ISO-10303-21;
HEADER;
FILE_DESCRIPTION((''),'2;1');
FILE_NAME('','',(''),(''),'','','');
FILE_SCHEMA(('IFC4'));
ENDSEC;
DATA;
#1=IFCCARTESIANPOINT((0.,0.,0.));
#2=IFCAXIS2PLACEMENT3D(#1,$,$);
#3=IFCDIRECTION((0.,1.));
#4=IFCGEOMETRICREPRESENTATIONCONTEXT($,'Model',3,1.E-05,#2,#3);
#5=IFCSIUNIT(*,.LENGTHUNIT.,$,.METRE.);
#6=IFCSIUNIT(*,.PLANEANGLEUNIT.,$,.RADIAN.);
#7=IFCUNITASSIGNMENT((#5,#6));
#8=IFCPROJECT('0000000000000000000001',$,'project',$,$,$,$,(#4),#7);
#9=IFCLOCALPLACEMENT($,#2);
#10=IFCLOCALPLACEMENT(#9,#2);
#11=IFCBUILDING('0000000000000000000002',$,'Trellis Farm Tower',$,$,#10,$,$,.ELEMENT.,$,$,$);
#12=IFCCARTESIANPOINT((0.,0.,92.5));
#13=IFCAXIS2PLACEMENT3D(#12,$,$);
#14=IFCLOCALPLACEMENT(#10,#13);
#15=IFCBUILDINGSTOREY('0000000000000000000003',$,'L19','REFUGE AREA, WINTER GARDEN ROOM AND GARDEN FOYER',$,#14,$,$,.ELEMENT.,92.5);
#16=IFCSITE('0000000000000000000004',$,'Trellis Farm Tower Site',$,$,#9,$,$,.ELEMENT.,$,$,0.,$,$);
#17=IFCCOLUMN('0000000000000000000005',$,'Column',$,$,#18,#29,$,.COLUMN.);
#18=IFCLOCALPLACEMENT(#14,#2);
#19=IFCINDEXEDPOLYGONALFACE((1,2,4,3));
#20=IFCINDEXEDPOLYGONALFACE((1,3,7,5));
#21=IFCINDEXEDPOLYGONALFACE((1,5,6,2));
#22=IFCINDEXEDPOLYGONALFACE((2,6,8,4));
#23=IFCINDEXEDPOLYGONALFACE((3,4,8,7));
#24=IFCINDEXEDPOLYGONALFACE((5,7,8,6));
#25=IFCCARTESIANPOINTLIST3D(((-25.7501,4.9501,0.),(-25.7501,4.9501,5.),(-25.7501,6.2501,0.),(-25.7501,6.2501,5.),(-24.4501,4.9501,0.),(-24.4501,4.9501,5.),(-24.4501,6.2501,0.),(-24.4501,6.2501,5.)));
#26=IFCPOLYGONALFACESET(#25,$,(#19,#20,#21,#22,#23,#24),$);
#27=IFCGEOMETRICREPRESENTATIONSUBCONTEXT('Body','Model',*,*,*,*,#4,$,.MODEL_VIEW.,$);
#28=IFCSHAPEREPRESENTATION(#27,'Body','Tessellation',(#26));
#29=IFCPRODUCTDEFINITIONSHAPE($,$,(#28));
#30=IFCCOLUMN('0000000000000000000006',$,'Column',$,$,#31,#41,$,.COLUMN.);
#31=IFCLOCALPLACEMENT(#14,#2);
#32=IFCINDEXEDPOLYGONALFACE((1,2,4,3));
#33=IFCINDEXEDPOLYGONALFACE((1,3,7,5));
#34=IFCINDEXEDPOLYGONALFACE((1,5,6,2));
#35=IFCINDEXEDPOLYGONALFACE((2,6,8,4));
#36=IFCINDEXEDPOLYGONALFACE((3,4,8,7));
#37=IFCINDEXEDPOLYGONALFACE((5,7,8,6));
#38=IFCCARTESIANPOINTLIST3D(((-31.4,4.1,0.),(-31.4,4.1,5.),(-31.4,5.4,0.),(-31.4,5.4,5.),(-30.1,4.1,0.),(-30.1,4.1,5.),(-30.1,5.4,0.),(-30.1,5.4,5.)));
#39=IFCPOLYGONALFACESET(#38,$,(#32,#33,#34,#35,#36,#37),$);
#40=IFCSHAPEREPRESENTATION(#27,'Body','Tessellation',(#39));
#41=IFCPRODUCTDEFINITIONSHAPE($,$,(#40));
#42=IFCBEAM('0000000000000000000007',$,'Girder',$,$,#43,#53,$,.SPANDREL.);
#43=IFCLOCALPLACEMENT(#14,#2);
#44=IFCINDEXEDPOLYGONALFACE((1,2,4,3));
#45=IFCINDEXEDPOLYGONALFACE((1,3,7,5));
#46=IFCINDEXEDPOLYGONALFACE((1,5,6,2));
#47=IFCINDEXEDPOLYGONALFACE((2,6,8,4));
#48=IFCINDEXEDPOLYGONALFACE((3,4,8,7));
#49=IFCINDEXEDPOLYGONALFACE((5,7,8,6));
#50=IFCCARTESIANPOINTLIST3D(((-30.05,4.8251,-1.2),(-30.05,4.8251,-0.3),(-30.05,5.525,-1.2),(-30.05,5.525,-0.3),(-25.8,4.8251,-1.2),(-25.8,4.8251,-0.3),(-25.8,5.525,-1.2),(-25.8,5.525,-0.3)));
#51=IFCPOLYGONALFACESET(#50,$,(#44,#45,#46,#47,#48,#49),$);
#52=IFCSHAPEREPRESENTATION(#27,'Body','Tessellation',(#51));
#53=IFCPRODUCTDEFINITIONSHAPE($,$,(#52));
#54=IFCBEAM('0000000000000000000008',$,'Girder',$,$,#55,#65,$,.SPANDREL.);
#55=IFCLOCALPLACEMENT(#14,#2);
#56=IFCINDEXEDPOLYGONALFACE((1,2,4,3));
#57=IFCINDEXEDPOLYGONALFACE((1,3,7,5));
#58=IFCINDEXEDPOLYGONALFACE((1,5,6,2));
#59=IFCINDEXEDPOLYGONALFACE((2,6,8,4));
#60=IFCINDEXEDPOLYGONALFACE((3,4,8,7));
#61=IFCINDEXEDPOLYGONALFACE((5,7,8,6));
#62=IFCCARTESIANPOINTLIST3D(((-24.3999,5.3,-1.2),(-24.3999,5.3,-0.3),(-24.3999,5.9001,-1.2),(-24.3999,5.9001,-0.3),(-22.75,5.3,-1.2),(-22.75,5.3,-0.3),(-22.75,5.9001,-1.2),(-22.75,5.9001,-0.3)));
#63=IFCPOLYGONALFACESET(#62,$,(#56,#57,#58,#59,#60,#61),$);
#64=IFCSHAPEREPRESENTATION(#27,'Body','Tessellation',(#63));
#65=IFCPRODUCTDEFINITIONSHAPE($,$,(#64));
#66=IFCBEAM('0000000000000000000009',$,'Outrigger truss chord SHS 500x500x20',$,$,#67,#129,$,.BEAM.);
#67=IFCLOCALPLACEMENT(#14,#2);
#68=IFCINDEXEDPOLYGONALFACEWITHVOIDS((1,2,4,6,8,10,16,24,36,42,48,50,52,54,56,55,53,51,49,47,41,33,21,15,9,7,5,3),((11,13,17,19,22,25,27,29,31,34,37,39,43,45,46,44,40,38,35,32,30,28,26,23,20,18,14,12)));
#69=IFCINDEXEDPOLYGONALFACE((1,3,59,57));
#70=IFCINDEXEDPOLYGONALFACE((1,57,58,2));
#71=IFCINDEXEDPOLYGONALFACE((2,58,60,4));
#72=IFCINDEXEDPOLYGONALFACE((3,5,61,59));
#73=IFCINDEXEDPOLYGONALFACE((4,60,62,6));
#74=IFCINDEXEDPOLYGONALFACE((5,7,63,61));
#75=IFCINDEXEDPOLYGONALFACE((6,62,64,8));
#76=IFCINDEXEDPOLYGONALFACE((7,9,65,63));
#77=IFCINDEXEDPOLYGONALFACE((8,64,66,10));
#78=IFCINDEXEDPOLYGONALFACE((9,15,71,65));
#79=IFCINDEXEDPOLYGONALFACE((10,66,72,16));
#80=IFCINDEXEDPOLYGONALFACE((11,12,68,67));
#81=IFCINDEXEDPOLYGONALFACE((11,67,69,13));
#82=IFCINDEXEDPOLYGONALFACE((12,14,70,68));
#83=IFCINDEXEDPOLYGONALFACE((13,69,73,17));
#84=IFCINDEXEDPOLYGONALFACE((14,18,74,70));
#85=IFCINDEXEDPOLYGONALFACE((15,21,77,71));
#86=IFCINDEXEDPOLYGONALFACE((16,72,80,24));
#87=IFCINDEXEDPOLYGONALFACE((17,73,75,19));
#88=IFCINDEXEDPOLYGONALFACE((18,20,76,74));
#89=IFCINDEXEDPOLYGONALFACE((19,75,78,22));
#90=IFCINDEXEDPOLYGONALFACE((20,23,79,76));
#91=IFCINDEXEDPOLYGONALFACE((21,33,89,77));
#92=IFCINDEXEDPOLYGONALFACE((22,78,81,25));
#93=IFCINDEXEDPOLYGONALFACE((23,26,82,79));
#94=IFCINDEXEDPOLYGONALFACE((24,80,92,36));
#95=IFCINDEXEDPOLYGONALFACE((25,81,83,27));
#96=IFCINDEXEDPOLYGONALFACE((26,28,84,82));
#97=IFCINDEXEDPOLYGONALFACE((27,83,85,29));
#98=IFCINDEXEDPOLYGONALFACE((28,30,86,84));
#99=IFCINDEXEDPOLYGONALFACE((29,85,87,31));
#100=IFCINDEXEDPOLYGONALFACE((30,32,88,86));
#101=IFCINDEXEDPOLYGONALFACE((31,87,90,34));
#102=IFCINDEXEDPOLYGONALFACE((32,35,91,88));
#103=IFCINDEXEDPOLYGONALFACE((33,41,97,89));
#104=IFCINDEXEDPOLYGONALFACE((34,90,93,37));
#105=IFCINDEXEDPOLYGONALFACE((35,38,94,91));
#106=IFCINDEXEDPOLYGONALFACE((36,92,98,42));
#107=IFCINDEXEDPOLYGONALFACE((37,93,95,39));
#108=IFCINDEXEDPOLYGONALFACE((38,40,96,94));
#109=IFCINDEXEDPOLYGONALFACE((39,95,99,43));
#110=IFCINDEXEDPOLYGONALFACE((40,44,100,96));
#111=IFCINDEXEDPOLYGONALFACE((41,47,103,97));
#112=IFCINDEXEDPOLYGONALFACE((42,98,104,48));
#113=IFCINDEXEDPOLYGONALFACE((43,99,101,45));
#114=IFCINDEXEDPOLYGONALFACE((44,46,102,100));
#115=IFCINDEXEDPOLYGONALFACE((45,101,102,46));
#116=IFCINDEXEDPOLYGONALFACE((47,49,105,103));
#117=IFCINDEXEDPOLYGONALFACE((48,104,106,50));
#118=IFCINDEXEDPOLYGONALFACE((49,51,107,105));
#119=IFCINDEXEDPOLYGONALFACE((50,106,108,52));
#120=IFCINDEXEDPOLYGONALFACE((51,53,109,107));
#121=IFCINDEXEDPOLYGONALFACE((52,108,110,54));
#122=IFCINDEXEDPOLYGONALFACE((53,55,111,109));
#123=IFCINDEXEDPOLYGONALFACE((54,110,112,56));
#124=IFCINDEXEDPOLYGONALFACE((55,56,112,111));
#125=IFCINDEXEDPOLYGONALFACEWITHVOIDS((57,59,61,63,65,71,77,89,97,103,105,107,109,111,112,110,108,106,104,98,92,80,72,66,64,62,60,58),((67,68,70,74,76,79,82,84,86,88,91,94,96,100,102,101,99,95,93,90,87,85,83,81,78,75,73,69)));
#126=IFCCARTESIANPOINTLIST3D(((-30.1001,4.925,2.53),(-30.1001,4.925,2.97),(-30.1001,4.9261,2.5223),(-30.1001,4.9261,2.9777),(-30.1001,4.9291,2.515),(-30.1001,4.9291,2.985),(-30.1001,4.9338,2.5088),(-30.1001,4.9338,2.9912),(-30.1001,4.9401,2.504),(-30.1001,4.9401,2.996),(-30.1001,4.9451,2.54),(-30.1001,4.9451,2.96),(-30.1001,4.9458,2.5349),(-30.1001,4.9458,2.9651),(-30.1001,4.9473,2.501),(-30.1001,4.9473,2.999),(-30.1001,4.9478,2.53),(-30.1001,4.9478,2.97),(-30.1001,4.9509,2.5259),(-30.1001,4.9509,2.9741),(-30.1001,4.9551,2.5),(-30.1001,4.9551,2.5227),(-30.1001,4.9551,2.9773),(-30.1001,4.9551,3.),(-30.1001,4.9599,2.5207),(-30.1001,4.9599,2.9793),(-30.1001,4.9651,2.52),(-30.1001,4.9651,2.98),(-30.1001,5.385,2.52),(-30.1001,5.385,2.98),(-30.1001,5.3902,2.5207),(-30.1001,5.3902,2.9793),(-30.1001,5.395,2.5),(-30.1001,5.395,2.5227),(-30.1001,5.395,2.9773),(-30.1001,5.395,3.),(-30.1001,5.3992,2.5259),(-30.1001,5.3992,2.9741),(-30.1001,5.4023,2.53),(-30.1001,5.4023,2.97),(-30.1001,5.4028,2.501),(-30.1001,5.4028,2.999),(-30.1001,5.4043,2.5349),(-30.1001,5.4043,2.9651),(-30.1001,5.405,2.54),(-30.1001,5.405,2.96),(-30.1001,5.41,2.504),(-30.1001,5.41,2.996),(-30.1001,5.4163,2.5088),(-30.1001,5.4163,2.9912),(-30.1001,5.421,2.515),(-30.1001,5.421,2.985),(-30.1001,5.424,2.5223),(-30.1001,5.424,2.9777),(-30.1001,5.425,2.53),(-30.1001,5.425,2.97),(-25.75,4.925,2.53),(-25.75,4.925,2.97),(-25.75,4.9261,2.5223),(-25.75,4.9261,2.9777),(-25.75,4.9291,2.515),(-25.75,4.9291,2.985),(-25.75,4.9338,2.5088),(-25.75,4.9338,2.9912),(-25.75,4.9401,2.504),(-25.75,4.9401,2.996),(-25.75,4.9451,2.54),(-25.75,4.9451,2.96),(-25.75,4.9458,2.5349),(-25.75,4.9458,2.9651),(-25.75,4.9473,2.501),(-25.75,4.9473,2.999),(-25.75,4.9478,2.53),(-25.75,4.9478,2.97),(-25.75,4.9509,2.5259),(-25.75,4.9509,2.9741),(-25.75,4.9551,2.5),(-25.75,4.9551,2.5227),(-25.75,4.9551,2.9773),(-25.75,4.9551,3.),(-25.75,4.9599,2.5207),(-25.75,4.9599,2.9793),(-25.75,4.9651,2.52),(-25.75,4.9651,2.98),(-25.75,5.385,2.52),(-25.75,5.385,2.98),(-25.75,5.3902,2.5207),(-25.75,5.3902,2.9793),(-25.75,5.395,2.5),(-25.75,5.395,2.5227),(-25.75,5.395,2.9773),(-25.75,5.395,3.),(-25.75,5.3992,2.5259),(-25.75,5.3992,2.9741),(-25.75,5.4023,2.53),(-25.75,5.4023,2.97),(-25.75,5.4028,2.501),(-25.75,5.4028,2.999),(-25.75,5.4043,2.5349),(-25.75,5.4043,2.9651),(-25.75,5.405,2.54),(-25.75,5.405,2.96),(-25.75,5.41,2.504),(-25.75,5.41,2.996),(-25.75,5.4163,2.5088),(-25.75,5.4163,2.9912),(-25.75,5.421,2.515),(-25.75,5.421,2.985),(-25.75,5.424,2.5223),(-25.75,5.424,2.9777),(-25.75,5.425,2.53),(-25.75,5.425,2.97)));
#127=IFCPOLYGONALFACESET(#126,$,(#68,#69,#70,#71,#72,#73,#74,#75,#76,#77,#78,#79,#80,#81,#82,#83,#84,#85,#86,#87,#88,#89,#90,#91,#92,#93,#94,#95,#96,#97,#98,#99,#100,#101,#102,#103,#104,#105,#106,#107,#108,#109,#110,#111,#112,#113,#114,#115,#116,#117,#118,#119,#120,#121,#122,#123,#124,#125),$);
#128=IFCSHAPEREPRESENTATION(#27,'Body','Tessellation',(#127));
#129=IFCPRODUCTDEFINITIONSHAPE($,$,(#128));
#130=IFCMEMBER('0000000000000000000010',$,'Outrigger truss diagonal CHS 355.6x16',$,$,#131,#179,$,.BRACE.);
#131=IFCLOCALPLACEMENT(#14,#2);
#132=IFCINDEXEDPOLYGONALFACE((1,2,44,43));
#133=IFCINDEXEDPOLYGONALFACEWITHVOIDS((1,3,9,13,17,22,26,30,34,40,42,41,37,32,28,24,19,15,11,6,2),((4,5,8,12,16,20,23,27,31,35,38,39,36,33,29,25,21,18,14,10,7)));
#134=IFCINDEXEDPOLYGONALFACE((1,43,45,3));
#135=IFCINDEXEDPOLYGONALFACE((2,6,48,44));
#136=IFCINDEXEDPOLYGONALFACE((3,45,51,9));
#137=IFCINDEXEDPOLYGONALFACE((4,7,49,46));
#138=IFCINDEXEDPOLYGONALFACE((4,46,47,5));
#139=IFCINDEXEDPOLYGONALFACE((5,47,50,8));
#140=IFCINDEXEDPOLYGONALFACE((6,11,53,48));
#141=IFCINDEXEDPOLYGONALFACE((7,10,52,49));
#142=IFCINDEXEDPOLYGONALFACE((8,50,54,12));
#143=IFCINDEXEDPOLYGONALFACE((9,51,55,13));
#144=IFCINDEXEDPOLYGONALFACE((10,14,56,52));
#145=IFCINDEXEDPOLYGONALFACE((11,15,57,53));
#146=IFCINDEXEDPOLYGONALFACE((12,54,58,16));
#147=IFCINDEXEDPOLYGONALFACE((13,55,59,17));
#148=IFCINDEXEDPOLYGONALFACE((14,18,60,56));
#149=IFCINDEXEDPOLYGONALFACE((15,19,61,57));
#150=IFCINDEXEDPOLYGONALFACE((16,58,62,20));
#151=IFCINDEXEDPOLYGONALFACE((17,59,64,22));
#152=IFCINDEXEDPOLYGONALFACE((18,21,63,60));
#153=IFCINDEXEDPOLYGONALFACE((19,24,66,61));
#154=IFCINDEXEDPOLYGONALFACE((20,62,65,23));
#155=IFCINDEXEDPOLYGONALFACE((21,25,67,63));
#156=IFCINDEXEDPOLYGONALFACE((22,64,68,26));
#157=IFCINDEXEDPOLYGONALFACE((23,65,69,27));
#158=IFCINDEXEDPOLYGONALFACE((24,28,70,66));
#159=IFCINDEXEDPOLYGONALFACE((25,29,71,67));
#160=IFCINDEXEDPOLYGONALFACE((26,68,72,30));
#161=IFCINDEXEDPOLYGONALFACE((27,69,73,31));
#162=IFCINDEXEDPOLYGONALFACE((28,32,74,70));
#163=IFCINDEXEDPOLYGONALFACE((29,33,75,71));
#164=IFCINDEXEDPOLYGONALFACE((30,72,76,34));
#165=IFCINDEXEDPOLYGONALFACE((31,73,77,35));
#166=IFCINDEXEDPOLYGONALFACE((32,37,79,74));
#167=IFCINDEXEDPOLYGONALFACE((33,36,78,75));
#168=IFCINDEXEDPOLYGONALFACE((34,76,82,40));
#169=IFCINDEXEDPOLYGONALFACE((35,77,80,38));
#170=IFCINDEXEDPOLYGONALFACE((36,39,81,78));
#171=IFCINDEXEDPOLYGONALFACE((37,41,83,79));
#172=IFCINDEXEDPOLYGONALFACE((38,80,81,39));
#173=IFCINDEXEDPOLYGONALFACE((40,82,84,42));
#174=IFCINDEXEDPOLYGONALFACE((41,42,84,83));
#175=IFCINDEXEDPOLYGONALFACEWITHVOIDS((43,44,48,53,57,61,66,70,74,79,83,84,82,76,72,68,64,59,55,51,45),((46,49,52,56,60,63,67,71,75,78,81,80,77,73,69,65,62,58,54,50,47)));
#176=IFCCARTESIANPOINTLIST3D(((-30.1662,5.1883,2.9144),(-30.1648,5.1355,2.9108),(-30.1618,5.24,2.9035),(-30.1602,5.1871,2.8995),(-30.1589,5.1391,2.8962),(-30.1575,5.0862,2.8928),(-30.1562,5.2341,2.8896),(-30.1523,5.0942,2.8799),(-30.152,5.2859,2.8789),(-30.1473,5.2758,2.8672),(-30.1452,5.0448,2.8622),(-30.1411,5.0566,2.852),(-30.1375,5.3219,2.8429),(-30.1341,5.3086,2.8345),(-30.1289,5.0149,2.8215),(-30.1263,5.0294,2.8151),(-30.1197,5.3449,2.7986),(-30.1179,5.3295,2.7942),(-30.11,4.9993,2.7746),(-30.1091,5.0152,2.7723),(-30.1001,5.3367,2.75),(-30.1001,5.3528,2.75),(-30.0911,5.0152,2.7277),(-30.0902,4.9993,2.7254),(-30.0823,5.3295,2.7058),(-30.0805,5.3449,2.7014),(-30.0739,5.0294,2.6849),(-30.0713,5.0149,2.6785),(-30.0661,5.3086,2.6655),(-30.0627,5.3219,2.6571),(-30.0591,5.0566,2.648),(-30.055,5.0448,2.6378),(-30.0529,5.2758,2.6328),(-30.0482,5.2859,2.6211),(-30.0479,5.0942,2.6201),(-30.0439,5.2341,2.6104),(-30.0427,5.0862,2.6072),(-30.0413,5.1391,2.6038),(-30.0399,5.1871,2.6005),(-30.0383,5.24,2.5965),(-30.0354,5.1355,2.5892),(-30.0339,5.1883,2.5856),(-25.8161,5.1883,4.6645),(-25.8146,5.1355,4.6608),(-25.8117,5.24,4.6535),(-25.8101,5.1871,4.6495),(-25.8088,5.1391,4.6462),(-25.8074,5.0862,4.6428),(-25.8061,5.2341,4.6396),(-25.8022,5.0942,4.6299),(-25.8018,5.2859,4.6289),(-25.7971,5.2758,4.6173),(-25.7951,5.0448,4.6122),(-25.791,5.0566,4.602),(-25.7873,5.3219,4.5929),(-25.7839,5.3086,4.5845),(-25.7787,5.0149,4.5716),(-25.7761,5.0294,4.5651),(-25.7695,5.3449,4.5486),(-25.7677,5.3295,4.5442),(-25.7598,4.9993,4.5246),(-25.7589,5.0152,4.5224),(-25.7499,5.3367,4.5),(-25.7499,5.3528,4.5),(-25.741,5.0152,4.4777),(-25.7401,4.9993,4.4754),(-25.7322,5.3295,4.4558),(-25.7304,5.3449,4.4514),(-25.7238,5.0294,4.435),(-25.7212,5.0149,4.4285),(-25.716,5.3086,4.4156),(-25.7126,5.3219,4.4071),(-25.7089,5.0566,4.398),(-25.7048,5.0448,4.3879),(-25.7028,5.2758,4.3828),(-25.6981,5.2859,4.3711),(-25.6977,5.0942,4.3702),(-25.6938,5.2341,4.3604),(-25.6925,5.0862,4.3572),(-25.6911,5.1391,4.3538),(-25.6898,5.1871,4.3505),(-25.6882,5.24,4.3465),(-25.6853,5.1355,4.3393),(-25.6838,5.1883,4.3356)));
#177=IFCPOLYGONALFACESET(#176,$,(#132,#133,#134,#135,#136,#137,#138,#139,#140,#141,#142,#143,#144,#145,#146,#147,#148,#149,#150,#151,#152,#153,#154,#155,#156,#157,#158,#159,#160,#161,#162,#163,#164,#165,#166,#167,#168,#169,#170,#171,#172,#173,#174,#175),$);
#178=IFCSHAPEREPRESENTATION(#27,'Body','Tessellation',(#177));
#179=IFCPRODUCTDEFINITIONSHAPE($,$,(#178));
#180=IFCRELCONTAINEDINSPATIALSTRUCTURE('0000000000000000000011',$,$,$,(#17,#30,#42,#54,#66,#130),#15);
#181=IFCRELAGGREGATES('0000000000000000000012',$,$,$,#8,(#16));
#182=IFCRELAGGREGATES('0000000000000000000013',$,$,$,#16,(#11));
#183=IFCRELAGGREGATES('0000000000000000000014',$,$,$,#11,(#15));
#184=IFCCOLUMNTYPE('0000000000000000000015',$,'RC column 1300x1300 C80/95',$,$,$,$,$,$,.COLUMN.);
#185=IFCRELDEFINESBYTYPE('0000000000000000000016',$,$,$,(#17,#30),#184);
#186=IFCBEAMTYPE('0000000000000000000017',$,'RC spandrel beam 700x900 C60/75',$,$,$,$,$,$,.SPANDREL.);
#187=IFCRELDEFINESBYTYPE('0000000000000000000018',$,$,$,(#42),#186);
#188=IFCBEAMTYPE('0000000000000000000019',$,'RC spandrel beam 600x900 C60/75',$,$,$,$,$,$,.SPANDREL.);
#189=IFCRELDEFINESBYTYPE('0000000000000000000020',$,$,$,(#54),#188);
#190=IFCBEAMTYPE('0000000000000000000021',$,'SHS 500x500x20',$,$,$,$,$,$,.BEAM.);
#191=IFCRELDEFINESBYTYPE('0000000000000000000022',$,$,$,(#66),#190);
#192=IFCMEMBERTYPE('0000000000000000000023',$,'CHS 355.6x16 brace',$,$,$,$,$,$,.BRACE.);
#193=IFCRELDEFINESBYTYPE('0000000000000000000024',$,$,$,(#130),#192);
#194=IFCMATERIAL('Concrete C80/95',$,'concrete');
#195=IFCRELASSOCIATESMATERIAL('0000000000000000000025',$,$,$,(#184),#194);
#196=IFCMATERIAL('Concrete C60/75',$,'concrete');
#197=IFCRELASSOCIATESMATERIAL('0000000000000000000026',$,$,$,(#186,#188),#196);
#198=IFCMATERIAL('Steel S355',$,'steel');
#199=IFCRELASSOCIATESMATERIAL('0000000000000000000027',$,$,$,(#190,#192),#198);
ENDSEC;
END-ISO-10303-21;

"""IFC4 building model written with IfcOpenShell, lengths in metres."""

from ifc_helpers import new_model, si_unit, direction, frame, origin, origin_2d, place, context, subcontext, project, spatial, rectangle, hollow_rectangle, hollow_circle, extrude, source, transform, mapped, material, material_profile, profile_set, type_object, element, save


model = new_model("IFC4")

# Units and contexts
model_context = context("Model", 3, precision=1e-05, world=origin(), true_north=direction((0.0, 1.0)))
body_context = subcontext(model_context, "Body", "Model", "MODEL_VIEW")
ifc_project = project(units=[si_unit("LENGTHUNIT", "METRE"), si_unit("PLANEANGLEUNIT", "RADIAN")], contexts=[model_context])

# Site, building, storey
site_placement = place(None, origin())
site = spatial("IfcSite", under=ifc_project, at=site_placement, Name="Trellis Farm Tower Site", CompositionType="ELEMENT", RefElevation=0.0)
building_placement = place(site_placement, origin())
building = spatial("IfcBuilding", under=site, at=building_placement, Name="Trellis Farm Tower", CompositionType="ELEMENT")
storey_placement = place(building_placement, frame((0.0, 0.0, 92.5)))
storey = spatial("IfcBuildingStorey", under=building, at=storey_placement, Name="L19", Description="REFUGE AREA, WINTER GARDEN ROOM AND GARDEN FOYER", CompositionType="ELEMENT", Elevation=92.5)

# Columns
ifc_material_1 = material(Name="Concrete C80/95", Category="concrete")
ifc_material_profile_1 = material_profile(ifc_material_1, rectangle(XDim=1.3, YDim=1.3, at=origin_2d()), Name="RC column 1300x1300 C80/95")
ifc_profile_set_1 = profile_set([ifc_material_profile_1], Name="Concrete C80/95")
column_type = type_object("IfcColumnType", Name="RC column 1300x1300 C80/95", PredefinedType="COLUMN", material=ifc_profile_set_1)
shared_shape_1 = source(origin(), body_context, "Body", "SweptSolid", [
    extrude(rectangle(XDim=1.3, YDim=1.3, at=origin_2d()), origin(), (0.0, 0.0, 1.0), 5.0),
])
for number, where, z_axis, x_axis, name in (
    (1, (-25.1001, 5.6001, 0.0), (0.0, 0.0, 1.0), (1.0, 0.0, 0.0), "Column"),
    (2, (-30.75, 4.75, 0.0), (0.0, 0.0, 1.0), (1.0, 0.0, 0.0), "Column"),
):
    element("IfcColumn", number, at=place(storey_placement, frame(where, z_axis=z_axis, x_axis=x_axis)), inside=storey, type_object=column_type, Name=name, PredefinedType="COLUMN", context=body_context, shape_type="MappedRepresentation", body=[
        mapped(shared_shape_1, transform((0.0, 0.0, 0.0))),
    ])

# Beams
ifc_material_2 = material(Name="Concrete C60/75", Category="concrete")
ifc_material_profile_2 = material_profile(ifc_material_2, rectangle(XDim=0.7, YDim=0.8999, at=origin_2d()), Name="RC spandrel beam 700x900 C60/75")
ifc_profile_set_2 = profile_set([ifc_material_profile_2], Name="Concrete C60/75")
beam_type_1 = type_object("IfcBeamType", Name="RC spandrel beam 700x900 C60/75", PredefinedType="SPANDREL", material=ifc_profile_set_2)
shared_shape_2 = source(origin(), body_context, "Body", "SweptSolid", [
    extrude(rectangle(XDim=0.7, YDim=0.8999, at=origin_2d()), origin(), (0.0, 0.0, 1.0), 4.25),
])
beam_1_placement = place(storey_placement, frame((-30.05, 5.175, -0.75), z_axis=(1.0, 0.0, 0.0), x_axis=(0.0, 1.0, 0.0)))
element("IfcBeam", 3, at=beam_1_placement, inside=storey, type_object=beam_type_1, Name="Girder", PredefinedType="SPANDREL", context=body_context, shape_type="MappedRepresentation", body=[
    mapped(shared_shape_2, transform((0.0, 0.0, 0.0))),
])
ifc_material_profile_3 = material_profile(ifc_material_2, rectangle(XDim=0.6001, YDim=0.8999, at=origin_2d()), Name="RC spandrel beam 600x900 C60/75")
ifc_profile_set_3 = profile_set([ifc_material_profile_3], Name="Concrete C60/75")
beam_type_2 = type_object("IfcBeamType", Name="RC spandrel beam 600x900 C60/75", PredefinedType="SPANDREL", material=ifc_profile_set_3)
shared_shape_3 = source(origin(), body_context, "Body", "SweptSolid", [
    extrude(rectangle(XDim=0.6001, YDim=0.8999, at=origin_2d()), origin(), (0.0, 0.0, 1.0), 1.6499),
])
beam_2_placement = place(storey_placement, frame((-24.3999, 5.6001, -0.75), z_axis=(1.0, 0.0, 0.0), x_axis=(0.0, 1.0, 0.0)))
element("IfcBeam", 4, at=beam_2_placement, inside=storey, type_object=beam_type_2, Name="Girder", PredefinedType="SPANDREL", context=body_context, shape_type="MappedRepresentation", body=[
    mapped(shared_shape_3, transform((0.0, 0.0, 0.0))),
])
ifc_material_3 = material(Name="Steel S355", Category="steel")
ifc_material_profile_4 = material_profile(ifc_material_3, hollow_rectangle(XDim=0.5, YDim=0.5, WallThickness=0.02, InnerFilletRadius=0.02, OuterFilletRadius=0.03, at=origin_2d()), Name="SHS 500x500x20")
ifc_profile_set_4 = profile_set([ifc_material_profile_4], Name="Steel S355")
beam_type_3 = type_object("IfcBeamType", Name="SHS 500x500x20", PredefinedType="BEAM", material=ifc_profile_set_4)
shared_shape_4 = source(origin(), body_context, "Body", "SweptSolid", [
    extrude(hollow_rectangle(XDim=0.5, YDim=0.5, WallThickness=0.02, InnerFilletRadius=0.02, OuterFilletRadius=0.03, at=origin_2d()), origin(), (0.0, 0.0, 1.0), 4.3501),
])
beam_3_placement = place(storey_placement, frame((-30.1001, 5.175, 2.75), z_axis=(1.0, 0.0, 0.0), x_axis=(0.0, 1.0, 0.0)))
element("IfcBeam", 5, at=beam_3_placement, inside=storey, type_object=beam_type_3, Name="Outrigger truss chord SHS 500x500x20", PredefinedType="BEAM", context=body_context, shape_type="MappedRepresentation", body=[
    mapped(shared_shape_4, transform((0.0, 0.0, 0.0))),
])

# Member
ifc_material_profile_5 = material_profile(ifc_material_3, hollow_circle(Radius=0.1777, WallThickness=0.0161, at=origin_2d()), Name="CHS 355.6x16")
ifc_profile_set_5 = profile_set([ifc_material_profile_5], Name="Steel S355")
member_type_1 = type_object("IfcMemberType", Name="CHS 355.6x16 brace", PredefinedType="BRACE", material=ifc_profile_set_5)
shared_shape_5 = source(origin(), body_context, "Body", "SweptSolid", [
    extrude(hollow_circle(Radius=0.1777, WallThickness=0.0161, at=origin_2d()), origin(), (0.0, 0.0, 1.0), 4.689),
])
member_1_placement = place(storey_placement, frame((-30.1001, 5.175, 2.75), z_axis=(0.927742, 0.0, 0.373221), x_axis=(0.0, 1.0, 0.0)))
element("IfcMember", 6, at=member_1_placement, inside=storey, type_object=member_type_1, Name="Outrigger truss diagonal CHS 355.6x16", PredefinedType="BRACE", context=body_context, shape_type="MappedRepresentation", body=[
    mapped(shared_shape_5, transform((0.0, 0.0, 0.0))),
])

save(model, "model.ifc")
